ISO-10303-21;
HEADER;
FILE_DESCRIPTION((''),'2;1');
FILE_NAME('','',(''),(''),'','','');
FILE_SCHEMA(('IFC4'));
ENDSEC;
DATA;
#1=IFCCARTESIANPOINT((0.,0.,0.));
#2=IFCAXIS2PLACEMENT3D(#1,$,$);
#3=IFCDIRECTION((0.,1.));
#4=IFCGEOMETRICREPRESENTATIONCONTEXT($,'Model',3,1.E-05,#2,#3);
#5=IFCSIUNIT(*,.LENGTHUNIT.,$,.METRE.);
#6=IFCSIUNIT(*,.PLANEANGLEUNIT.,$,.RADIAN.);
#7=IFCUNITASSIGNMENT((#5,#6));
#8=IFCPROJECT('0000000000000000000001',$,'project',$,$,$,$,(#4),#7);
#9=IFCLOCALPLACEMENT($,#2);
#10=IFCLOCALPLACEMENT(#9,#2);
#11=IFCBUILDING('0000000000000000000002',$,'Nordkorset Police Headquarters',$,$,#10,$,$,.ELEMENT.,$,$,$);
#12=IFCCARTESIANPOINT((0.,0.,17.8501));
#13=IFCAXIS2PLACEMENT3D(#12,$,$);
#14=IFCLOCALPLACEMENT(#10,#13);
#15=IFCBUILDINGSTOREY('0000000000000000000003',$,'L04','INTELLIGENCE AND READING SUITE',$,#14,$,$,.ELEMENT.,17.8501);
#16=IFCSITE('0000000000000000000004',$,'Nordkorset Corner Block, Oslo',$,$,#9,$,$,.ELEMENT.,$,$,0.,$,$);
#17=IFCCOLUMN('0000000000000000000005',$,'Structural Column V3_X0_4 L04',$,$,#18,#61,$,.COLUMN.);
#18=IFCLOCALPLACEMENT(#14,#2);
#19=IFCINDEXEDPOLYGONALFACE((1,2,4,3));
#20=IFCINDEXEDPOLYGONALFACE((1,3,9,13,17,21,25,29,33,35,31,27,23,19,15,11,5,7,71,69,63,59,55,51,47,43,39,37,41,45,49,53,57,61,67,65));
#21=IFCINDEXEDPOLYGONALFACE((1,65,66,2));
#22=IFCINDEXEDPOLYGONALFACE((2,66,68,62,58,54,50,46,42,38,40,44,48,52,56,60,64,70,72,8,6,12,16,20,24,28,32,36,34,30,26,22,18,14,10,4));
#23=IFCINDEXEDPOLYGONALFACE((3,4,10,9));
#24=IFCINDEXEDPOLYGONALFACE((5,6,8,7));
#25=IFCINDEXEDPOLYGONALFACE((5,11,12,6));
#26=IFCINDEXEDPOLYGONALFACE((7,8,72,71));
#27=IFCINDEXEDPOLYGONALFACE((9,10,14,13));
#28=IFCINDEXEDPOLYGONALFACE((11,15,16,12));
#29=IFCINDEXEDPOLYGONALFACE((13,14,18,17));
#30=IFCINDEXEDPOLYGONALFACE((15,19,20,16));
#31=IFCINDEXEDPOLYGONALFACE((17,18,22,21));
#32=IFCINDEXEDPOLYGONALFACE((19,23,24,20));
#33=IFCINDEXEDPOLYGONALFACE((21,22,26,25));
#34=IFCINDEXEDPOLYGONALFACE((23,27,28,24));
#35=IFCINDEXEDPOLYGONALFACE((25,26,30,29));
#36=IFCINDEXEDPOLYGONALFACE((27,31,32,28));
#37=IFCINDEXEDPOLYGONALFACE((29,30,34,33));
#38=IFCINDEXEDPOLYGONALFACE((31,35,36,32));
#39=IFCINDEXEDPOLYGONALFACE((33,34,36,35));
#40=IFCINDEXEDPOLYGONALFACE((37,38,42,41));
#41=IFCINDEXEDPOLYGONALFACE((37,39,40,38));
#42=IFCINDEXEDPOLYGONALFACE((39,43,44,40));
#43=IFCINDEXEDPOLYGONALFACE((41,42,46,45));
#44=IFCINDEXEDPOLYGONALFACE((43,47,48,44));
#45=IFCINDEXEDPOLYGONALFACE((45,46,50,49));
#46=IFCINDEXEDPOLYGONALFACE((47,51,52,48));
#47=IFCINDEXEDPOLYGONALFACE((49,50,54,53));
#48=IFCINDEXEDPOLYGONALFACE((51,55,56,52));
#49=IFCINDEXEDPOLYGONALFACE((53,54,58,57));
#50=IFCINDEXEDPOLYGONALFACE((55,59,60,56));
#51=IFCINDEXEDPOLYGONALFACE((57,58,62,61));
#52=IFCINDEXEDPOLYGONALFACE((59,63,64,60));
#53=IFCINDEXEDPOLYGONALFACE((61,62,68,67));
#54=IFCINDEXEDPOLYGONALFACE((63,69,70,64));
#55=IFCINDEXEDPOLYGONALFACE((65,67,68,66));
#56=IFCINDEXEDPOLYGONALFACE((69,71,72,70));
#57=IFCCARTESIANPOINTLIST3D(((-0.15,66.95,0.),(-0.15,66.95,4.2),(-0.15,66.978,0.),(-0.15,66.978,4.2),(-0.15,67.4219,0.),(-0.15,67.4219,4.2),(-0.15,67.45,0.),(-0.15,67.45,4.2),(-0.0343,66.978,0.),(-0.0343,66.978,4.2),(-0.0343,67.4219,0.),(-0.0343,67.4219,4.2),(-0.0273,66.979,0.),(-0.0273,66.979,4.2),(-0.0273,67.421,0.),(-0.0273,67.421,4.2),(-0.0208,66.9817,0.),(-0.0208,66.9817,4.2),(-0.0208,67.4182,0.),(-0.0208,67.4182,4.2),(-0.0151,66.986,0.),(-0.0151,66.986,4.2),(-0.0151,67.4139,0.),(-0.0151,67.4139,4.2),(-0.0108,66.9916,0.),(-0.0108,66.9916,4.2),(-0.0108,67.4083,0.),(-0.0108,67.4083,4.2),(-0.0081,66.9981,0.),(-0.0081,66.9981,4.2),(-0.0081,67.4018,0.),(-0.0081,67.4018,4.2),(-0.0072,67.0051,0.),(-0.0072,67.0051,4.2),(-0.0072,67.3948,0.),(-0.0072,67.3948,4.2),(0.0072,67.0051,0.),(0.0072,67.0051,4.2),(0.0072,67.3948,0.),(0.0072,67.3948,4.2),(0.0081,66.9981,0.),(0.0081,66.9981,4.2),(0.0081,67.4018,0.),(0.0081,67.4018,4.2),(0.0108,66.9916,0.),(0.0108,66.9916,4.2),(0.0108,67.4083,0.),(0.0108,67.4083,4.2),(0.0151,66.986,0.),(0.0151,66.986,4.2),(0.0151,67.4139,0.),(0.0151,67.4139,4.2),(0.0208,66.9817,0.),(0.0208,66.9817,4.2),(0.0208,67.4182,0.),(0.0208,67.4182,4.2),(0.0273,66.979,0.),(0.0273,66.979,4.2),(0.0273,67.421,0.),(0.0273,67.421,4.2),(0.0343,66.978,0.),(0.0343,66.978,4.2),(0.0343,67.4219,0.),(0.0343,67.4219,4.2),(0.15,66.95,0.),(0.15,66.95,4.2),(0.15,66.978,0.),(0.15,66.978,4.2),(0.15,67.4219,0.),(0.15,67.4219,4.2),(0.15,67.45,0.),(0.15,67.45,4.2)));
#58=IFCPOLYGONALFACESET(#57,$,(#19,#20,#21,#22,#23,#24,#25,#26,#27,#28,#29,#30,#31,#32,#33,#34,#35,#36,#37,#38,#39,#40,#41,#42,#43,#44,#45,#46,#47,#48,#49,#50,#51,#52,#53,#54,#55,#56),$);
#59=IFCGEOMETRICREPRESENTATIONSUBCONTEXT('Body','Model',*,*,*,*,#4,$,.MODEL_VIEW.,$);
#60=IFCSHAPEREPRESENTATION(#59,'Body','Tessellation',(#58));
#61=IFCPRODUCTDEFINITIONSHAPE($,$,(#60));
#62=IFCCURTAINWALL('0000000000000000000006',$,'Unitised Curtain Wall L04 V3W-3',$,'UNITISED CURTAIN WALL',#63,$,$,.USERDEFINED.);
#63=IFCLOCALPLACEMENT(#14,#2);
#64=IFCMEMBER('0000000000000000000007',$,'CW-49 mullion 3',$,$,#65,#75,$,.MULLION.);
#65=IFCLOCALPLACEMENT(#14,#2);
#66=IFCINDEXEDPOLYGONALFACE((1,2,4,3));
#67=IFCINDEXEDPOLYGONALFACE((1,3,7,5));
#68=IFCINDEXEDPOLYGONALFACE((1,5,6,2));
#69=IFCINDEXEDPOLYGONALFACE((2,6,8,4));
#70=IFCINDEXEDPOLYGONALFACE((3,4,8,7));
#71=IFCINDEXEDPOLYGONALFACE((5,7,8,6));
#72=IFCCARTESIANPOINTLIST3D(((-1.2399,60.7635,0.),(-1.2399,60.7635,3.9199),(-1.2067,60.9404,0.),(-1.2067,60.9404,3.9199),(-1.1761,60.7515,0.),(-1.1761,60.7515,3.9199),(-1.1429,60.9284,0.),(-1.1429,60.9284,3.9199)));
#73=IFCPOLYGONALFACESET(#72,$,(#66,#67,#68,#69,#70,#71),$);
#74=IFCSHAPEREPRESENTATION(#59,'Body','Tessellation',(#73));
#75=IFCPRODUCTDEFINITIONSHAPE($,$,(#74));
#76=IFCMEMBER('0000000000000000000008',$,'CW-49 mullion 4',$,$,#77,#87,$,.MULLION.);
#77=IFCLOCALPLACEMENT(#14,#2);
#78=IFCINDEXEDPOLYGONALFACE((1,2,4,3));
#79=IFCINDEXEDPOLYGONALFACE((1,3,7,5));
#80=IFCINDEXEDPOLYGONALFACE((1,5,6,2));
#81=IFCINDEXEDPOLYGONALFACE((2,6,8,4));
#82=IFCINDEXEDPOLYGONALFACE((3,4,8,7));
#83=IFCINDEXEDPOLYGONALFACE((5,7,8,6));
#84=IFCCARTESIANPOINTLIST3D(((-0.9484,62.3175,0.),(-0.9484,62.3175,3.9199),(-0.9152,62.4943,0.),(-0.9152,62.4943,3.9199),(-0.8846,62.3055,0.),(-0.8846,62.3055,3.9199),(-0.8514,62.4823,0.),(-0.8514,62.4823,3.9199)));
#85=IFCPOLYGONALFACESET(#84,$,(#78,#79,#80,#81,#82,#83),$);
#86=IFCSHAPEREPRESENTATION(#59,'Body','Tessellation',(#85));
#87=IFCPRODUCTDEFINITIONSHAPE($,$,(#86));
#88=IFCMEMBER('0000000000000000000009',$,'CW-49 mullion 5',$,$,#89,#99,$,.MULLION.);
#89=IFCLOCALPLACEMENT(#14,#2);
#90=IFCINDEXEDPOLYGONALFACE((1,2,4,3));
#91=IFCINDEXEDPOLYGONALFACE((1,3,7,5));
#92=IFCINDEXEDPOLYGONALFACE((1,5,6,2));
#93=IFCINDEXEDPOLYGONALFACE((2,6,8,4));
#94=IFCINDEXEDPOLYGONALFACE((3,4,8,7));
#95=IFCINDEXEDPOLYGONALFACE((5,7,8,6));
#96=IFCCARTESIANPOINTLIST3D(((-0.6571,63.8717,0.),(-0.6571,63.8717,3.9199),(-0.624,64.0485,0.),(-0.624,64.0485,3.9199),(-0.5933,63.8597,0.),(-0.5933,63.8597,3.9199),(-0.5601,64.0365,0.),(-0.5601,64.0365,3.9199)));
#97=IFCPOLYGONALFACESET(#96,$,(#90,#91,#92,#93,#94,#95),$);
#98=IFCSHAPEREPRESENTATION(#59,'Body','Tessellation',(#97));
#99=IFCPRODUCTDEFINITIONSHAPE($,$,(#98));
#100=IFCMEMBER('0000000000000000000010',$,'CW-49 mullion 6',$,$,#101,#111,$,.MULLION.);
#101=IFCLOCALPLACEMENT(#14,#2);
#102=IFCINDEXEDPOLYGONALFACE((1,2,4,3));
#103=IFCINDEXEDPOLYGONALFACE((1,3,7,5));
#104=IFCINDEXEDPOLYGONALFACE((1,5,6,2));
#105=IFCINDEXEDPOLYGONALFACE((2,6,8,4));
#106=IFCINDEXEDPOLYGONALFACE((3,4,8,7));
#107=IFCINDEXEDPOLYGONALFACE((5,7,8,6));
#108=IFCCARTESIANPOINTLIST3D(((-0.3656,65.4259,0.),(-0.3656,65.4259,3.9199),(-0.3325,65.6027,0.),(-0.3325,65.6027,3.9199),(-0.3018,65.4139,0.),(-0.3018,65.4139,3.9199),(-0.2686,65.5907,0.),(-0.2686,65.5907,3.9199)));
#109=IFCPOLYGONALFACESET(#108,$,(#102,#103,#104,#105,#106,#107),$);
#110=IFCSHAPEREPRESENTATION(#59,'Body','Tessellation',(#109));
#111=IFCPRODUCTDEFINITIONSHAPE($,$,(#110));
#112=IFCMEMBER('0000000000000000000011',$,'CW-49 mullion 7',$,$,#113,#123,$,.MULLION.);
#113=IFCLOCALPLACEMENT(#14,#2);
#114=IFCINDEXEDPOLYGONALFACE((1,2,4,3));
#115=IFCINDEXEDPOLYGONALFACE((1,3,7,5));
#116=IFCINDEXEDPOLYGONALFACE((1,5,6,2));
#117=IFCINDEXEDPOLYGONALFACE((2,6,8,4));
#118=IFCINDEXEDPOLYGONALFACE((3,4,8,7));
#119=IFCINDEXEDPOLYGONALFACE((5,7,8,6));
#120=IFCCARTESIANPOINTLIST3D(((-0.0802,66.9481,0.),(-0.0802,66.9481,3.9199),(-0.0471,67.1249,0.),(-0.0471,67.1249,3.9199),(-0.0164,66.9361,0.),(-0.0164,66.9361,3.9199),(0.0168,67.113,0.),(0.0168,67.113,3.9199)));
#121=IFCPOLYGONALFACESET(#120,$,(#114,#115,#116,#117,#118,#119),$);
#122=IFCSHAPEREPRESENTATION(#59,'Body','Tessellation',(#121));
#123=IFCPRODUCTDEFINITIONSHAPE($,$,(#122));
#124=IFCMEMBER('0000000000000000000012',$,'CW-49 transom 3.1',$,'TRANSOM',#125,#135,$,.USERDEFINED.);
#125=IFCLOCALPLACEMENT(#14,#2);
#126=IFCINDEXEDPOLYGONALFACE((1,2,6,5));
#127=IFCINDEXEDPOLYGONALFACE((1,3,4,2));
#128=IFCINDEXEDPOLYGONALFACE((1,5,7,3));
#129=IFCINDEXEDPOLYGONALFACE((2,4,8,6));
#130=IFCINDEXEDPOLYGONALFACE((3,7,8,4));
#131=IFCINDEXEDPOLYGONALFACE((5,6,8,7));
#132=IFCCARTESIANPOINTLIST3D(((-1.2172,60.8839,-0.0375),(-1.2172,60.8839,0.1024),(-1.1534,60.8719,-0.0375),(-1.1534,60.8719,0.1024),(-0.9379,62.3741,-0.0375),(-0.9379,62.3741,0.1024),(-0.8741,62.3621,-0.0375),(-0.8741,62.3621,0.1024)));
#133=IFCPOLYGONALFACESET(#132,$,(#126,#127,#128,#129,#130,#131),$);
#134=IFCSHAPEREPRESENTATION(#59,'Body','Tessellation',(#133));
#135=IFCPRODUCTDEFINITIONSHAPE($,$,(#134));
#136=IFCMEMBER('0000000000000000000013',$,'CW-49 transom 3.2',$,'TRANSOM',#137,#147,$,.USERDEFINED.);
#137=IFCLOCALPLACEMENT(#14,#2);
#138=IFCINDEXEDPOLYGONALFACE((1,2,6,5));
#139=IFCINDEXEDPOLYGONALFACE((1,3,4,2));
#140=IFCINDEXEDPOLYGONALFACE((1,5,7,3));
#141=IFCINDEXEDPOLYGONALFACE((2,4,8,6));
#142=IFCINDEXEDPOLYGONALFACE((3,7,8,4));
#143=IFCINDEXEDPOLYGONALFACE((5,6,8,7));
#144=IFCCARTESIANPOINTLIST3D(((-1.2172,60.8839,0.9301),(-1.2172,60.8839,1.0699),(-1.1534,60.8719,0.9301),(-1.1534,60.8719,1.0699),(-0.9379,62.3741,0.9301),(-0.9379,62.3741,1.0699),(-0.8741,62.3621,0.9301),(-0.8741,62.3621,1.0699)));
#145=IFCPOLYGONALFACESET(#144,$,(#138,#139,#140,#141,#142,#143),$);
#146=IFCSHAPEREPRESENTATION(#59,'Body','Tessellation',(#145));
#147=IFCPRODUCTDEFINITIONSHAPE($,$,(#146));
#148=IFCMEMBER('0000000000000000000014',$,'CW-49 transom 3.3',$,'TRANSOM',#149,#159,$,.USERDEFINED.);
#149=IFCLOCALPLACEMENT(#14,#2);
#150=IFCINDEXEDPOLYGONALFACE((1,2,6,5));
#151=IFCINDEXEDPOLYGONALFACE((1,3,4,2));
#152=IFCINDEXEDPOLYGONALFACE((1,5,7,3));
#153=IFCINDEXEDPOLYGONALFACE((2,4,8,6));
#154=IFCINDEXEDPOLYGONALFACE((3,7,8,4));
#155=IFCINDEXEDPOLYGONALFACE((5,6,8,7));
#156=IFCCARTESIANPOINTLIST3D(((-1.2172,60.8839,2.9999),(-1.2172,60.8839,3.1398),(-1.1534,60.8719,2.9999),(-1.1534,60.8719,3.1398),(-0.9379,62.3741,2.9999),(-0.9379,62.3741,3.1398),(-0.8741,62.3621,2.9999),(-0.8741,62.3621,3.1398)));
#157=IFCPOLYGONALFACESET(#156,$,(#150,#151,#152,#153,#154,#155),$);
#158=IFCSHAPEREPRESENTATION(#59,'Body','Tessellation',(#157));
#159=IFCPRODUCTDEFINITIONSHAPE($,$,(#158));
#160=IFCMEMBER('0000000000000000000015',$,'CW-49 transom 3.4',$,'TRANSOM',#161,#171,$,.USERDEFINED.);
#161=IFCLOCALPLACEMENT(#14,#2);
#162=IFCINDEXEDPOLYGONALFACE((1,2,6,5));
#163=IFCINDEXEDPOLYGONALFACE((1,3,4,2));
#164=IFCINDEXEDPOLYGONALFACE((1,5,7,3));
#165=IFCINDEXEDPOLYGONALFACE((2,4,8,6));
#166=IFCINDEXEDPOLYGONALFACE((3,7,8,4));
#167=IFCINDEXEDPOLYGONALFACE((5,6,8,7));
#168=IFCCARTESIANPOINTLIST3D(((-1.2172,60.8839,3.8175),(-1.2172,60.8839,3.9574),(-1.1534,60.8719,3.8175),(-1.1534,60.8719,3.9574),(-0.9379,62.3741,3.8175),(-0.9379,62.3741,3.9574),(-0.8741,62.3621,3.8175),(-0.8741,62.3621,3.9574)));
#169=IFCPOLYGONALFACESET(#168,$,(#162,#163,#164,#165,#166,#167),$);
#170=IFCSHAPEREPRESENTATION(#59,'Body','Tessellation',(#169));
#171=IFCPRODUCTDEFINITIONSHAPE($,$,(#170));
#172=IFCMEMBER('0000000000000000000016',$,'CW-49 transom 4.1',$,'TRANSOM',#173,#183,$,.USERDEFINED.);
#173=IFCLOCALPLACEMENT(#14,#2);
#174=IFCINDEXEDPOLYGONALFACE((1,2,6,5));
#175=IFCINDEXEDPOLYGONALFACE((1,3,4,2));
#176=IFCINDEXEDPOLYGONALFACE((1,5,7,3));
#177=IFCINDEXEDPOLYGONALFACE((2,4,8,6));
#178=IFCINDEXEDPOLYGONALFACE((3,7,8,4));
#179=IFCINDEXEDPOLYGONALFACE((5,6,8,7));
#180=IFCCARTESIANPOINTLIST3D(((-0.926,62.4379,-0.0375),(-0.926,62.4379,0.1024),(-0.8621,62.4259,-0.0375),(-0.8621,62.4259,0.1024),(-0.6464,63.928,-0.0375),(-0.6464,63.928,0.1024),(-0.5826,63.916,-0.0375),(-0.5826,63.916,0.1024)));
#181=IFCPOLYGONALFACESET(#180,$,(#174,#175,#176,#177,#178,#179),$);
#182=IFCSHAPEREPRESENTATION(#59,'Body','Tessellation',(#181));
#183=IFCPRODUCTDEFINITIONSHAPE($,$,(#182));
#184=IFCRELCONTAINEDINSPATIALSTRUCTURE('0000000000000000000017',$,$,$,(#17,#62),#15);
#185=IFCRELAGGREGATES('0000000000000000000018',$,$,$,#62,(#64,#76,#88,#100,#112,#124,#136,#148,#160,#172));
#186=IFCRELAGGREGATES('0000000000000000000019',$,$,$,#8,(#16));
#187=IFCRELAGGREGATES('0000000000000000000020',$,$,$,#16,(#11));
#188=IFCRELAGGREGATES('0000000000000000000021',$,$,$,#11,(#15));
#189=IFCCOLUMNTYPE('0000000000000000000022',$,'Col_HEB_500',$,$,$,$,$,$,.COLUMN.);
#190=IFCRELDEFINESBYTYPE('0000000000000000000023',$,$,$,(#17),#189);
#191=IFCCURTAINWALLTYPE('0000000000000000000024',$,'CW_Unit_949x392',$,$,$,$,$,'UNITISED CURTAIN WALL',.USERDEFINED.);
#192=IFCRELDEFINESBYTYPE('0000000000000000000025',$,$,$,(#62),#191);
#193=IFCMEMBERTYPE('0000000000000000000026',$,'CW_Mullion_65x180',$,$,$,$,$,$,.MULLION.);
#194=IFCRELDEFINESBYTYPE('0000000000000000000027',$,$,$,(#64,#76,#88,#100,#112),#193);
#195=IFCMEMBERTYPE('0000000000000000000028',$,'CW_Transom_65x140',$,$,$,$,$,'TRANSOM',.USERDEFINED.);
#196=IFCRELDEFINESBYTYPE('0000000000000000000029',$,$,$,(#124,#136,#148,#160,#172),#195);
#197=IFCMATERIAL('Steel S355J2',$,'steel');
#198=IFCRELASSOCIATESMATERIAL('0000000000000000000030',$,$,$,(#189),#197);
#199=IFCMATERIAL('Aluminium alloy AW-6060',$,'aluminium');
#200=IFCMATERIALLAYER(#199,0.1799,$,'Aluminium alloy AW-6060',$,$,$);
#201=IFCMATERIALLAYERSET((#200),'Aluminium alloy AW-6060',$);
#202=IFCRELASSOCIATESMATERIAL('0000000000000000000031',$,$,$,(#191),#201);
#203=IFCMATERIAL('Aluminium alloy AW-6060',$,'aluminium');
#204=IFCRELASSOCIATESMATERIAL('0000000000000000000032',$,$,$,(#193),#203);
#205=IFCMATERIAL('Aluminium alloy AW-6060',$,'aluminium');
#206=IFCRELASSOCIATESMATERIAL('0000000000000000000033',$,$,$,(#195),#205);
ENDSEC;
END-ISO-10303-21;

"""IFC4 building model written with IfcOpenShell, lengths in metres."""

from ifc_helpers import new_model, si_unit, direction, frame, origin, origin_2d, place, context, subcontext, project, spatial, rectangle, i_section, extrude, material, layer, layer_set, material_profile, profile_set, type_object, element, aggregate, save


model = new_model("IFC4")

# Units and contexts
model_context = context("Model", 3, precision=1e-05, world=origin(), true_north=direction((0.0, 1.0)))
body_context = subcontext(model_context, "Body", "Model", "MODEL_VIEW")
ifc_project = project(units=[si_unit("LENGTHUNIT", "METRE"), si_unit("PLANEANGLEUNIT", "RADIAN")], contexts=[model_context])

# Site, building, storey
site_placement = place(None, origin())
site = spatial("IfcSite", under=ifc_project, at=site_placement, Name="Nordkorset Corner Block, Oslo", CompositionType="ELEMENT", RefElevation=0.0)
building_placement = place(site_placement, origin())
building = spatial("IfcBuilding", under=site, at=building_placement, Name="Nordkorset Police Headquarters", CompositionType="ELEMENT")
storey_placement = place(building_placement, frame((0.0, 0.0, 17.8501)))
storey = spatial("IfcBuildingStorey", under=building, at=storey_placement, Name="L04", Description="INTELLIGENCE AND READING SUITE", CompositionType="ELEMENT", Elevation=17.8501)

# Column
ifc_material_1 = material(Name="Steel S355J2", Category="steel")
ifc_material_profile_1 = material_profile(ifc_material_1, i_section(OverallWidth=0.3, OverallDepth=0.5, WebThickness=0.0144, FlangeThickness=0.0281, FilletRadius=0.0271, at=origin_2d()), Name="HEB 500")
ifc_profile_set_1 = profile_set([ifc_material_profile_1], Name="Steel S355J2")
column_type = type_object("IfcColumnType", Name="Col_HEB_500", PredefinedType="COLUMN", material=ifc_profile_set_1)
column_placement = place(storey_placement, frame((0.0, 67.2, 0.0), z_axis=(0.0, 0.0, 1.0), x_axis=(1.0, 0.0, 0.0)))
element("IfcColumn", 1, at=column_placement, inside=storey, type_object=column_type, Name="Structural Column V3_X0_4 L04", PredefinedType="COLUMN", context=body_context, shape_type="SweptSolid", body=[
    extrude(i_section(OverallWidth=0.3, OverallDepth=0.5, WebThickness=0.0144, FlangeThickness=0.0281, FilletRadius=0.0271, at=origin_2d()), origin(), (0.0, 0.0, 1.0), 4.2),
])

# Curtain wall, members
ifc_material_2 = material(Name="Aluminium alloy AW-6060", Category="aluminium")
ifc_layer_1 = layer(ifc_material_2, 0.1799, Name="Aluminium alloy AW-6060")
ifc_layer_set_1 = layer_set([ifc_layer_1], Name="Aluminium alloy AW-6060")
curtain_wall_type = type_object("IfcCurtainWallType", Name="CW_Unit_949x392", ElementType="UNITISED CURTAIN WALL", PredefinedType="USERDEFINED", material=ifc_layer_set_1)
curtain_wall_placement = place(storey_placement, origin())
curtain_wall = element("IfcCurtainWall", 2, at=curtain_wall_placement, inside=storey, type_object=curtain_wall_type, Name="Unitised Curtain Wall L04 V3W-3", ObjectType="UNITISED CURTAIN WALL", PredefinedType="USERDEFINED")
ifc_material_3 = material(Name="Aluminium alloy AW-6060", Category="aluminium")
ifc_material_profile_2 = material_profile(ifc_material_3, rectangle(XDim=0.0649, YDim=0.1799, at=origin_2d()), Name="ALU MULL 65x180")
ifc_profile_set_2 = profile_set([ifc_material_profile_2], Name="Aluminium alloy AW-6060")
member_type_1 = type_object("IfcMemberType", Name="CW_Mullion_65x180", PredefinedType="MULLION", material=ifc_profile_set_2)
member_1_placement = place(storey_placement, frame((-1.1914, 60.8459, 0.0), z_axis=(0.0, 0.0, 1.0), x_axis=(-0.982872, 0.184289, 0.0)))
member_1 = element("IfcMember", 3, at=member_1_placement, type_object=member_type_1, Name="CW-49 mullion 3", PredefinedType="MULLION", context=body_context, shape_type="SweptSolid", body=[
    extrude(rectangle(XDim=0.0649, YDim=0.1799, at=origin_2d()), origin(), (0.0, 0.0, 1.0), 3.9199),
])
member_2_placement = place(storey_placement, frame((-0.8999, 62.3999, 0.0), z_axis=(0.0, 0.0, 1.0), x_axis=(-0.982872, 0.184289, 0.0)))
member_2 = element("IfcMember", 4, at=member_2_placement, type_object=member_type_1, Name="CW-49 mullion 4", PredefinedType="MULLION", context=body_context, shape_type="SweptSolid", body=[
    extrude(rectangle(XDim=0.0649, YDim=0.1799, at=origin_2d()), origin(), (0.0, 0.0, 1.0), 3.9199),
])
member_3_placement = place(storey_placement, frame((-0.6086, 63.9541, 0.0), z_axis=(0.0, 0.0, 1.0), x_axis=(-0.982872, 0.184289, 0.0)))
member_3 = element("IfcMember", 5, at=member_3_placement, type_object=member_type_1, Name="CW-49 mullion 5", PredefinedType="MULLION", context=body_context, shape_type="SweptSolid", body=[
    extrude(rectangle(XDim=0.0649, YDim=0.1799, at=origin_2d()), origin(), (0.0, 0.0, 1.0), 3.9199),
])
member_4_placement = place(storey_placement, frame((-0.3171, 65.5083, 0.0), z_axis=(0.0, 0.0, 1.0), x_axis=(-0.982872, 0.184289, 0.0)))
member_4 = element("IfcMember", 6, at=member_4_placement, type_object=member_type_1, Name="CW-49 mullion 6", PredefinedType="MULLION", context=body_context, shape_type="SweptSolid", body=[
    extrude(rectangle(XDim=0.0649, YDim=0.1799, at=origin_2d()), origin(), (0.0, 0.0, 1.0), 3.9199),
])
member_5_placement = place(storey_placement, frame((-0.0317, 67.0305, 0.0), z_axis=(0.0, 0.0, 1.0), x_axis=(-0.982872, 0.184289, 0.0)))
member_5 = element("IfcMember", 7, at=member_5_placement, type_object=member_type_1, Name="CW-49 mullion 7", PredefinedType="MULLION", context=body_context, shape_type="SweptSolid", body=[
    extrude(rectangle(XDim=0.0649, YDim=0.1799, at=origin_2d()), origin(), (0.0, 0.0, 1.0), 3.9199),
])
ifc_material_4 = material(Name="Aluminium alloy AW-6060", Category="aluminium")
ifc_material_profile_3 = material_profile(ifc_material_4, rectangle(XDim=0.0649, YDim=0.1399, at=origin_2d()), Name="ALU TRAN 65x140")
ifc_profile_set_3 = profile_set([ifc_material_profile_3], Name="Aluminium alloy AW-6060")
member_type_2 = type_object("IfcMemberType", Name="CW_Transom_65x140", ElementType="TRANSOM", PredefinedType="USERDEFINED", material=ifc_profile_set_3)
member_6_placement = place(storey_placement, frame((-1.1853, 60.8779, 0.0325), z_axis=(0.184211, 0.982887, 0.0), x_axis=(-0.982887, 0.184211, 0.0)))
member_6 = element("IfcMember", 8, at=member_6_placement, type_object=member_type_2, Name="CW-49 transom 3.1", ObjectType="TRANSOM", PredefinedType="USERDEFINED", context=body_context, shape_type="SweptSolid", body=[
    extrude(rectangle(XDim=0.0649, YDim=0.1399, at=origin_2d()), origin(), (0.0, 0.0, 1.0), 1.5161),
])
member_7_placement = place(storey_placement, frame((-1.1853, 60.8779, 1.0), z_axis=(0.184211, 0.982887, 0.0), x_axis=(-0.982887, 0.184211, 0.0)))
member_7 = element("IfcMember", 9, at=member_7_placement, type_object=member_type_2, Name="CW-49 transom 3.2", ObjectType="TRANSOM", PredefinedType="USERDEFINED", context=body_context, shape_type="SweptSolid", body=[
    extrude(rectangle(XDim=0.0649, YDim=0.1399, at=origin_2d()), origin(), (0.0, 0.0, 1.0), 1.5161),
])
member_8_placement = place(storey_placement, frame((-1.1853, 60.8779, 3.0698), z_axis=(0.184211, 0.982887, 0.0), x_axis=(-0.982887, 0.184211, 0.0)))
member_8 = element("IfcMember", 10, at=member_8_placement, type_object=member_type_2, Name="CW-49 transom 3.3", ObjectType="TRANSOM", PredefinedType="USERDEFINED", context=body_context, shape_type="SweptSolid", body=[
    extrude(rectangle(XDim=0.0649, YDim=0.1399, at=origin_2d()), origin(), (0.0, 0.0, 1.0), 1.5161),
])
member_9_placement = place(storey_placement, frame((-1.1853, 60.8779, 3.8875), z_axis=(0.184211, 0.982887, 0.0), x_axis=(-0.982887, 0.184211, 0.0)))
member_9 = element("IfcMember", 11, at=member_9_placement, type_object=member_type_2, Name="CW-49 transom 3.4", ObjectType="TRANSOM", PredefinedType="USERDEFINED", context=body_context, shape_type="SweptSolid", body=[
    extrude(rectangle(XDim=0.0649, YDim=0.1399, at=origin_2d()), origin(), (0.0, 0.0, 1.0), 1.5161),
])
member_10_placement = place(storey_placement, frame((-0.894, 62.4319, 0.0325), z_axis=(0.184366, 0.982858, 0.0), x_axis=(-0.982858, 0.184366, 0.0)))
member_10 = element("IfcMember", 12, at=member_10_placement, type_object=member_type_2, Name="CW-49 transom 4.1", ObjectType="TRANSOM", PredefinedType="USERDEFINED", context=body_context, shape_type="SweptSolid", body=[
    extrude(rectangle(XDim=0.0649, YDim=0.1399, at=origin_2d()), origin(), (0.0, 0.0, 1.0), 1.5161),
])

aggregate(curtain_wall, [member_1, member_2, member_3, member_4, member_5, member_6, member_7, member_8, member_9, member_10])

save(model, "model.ifc")
